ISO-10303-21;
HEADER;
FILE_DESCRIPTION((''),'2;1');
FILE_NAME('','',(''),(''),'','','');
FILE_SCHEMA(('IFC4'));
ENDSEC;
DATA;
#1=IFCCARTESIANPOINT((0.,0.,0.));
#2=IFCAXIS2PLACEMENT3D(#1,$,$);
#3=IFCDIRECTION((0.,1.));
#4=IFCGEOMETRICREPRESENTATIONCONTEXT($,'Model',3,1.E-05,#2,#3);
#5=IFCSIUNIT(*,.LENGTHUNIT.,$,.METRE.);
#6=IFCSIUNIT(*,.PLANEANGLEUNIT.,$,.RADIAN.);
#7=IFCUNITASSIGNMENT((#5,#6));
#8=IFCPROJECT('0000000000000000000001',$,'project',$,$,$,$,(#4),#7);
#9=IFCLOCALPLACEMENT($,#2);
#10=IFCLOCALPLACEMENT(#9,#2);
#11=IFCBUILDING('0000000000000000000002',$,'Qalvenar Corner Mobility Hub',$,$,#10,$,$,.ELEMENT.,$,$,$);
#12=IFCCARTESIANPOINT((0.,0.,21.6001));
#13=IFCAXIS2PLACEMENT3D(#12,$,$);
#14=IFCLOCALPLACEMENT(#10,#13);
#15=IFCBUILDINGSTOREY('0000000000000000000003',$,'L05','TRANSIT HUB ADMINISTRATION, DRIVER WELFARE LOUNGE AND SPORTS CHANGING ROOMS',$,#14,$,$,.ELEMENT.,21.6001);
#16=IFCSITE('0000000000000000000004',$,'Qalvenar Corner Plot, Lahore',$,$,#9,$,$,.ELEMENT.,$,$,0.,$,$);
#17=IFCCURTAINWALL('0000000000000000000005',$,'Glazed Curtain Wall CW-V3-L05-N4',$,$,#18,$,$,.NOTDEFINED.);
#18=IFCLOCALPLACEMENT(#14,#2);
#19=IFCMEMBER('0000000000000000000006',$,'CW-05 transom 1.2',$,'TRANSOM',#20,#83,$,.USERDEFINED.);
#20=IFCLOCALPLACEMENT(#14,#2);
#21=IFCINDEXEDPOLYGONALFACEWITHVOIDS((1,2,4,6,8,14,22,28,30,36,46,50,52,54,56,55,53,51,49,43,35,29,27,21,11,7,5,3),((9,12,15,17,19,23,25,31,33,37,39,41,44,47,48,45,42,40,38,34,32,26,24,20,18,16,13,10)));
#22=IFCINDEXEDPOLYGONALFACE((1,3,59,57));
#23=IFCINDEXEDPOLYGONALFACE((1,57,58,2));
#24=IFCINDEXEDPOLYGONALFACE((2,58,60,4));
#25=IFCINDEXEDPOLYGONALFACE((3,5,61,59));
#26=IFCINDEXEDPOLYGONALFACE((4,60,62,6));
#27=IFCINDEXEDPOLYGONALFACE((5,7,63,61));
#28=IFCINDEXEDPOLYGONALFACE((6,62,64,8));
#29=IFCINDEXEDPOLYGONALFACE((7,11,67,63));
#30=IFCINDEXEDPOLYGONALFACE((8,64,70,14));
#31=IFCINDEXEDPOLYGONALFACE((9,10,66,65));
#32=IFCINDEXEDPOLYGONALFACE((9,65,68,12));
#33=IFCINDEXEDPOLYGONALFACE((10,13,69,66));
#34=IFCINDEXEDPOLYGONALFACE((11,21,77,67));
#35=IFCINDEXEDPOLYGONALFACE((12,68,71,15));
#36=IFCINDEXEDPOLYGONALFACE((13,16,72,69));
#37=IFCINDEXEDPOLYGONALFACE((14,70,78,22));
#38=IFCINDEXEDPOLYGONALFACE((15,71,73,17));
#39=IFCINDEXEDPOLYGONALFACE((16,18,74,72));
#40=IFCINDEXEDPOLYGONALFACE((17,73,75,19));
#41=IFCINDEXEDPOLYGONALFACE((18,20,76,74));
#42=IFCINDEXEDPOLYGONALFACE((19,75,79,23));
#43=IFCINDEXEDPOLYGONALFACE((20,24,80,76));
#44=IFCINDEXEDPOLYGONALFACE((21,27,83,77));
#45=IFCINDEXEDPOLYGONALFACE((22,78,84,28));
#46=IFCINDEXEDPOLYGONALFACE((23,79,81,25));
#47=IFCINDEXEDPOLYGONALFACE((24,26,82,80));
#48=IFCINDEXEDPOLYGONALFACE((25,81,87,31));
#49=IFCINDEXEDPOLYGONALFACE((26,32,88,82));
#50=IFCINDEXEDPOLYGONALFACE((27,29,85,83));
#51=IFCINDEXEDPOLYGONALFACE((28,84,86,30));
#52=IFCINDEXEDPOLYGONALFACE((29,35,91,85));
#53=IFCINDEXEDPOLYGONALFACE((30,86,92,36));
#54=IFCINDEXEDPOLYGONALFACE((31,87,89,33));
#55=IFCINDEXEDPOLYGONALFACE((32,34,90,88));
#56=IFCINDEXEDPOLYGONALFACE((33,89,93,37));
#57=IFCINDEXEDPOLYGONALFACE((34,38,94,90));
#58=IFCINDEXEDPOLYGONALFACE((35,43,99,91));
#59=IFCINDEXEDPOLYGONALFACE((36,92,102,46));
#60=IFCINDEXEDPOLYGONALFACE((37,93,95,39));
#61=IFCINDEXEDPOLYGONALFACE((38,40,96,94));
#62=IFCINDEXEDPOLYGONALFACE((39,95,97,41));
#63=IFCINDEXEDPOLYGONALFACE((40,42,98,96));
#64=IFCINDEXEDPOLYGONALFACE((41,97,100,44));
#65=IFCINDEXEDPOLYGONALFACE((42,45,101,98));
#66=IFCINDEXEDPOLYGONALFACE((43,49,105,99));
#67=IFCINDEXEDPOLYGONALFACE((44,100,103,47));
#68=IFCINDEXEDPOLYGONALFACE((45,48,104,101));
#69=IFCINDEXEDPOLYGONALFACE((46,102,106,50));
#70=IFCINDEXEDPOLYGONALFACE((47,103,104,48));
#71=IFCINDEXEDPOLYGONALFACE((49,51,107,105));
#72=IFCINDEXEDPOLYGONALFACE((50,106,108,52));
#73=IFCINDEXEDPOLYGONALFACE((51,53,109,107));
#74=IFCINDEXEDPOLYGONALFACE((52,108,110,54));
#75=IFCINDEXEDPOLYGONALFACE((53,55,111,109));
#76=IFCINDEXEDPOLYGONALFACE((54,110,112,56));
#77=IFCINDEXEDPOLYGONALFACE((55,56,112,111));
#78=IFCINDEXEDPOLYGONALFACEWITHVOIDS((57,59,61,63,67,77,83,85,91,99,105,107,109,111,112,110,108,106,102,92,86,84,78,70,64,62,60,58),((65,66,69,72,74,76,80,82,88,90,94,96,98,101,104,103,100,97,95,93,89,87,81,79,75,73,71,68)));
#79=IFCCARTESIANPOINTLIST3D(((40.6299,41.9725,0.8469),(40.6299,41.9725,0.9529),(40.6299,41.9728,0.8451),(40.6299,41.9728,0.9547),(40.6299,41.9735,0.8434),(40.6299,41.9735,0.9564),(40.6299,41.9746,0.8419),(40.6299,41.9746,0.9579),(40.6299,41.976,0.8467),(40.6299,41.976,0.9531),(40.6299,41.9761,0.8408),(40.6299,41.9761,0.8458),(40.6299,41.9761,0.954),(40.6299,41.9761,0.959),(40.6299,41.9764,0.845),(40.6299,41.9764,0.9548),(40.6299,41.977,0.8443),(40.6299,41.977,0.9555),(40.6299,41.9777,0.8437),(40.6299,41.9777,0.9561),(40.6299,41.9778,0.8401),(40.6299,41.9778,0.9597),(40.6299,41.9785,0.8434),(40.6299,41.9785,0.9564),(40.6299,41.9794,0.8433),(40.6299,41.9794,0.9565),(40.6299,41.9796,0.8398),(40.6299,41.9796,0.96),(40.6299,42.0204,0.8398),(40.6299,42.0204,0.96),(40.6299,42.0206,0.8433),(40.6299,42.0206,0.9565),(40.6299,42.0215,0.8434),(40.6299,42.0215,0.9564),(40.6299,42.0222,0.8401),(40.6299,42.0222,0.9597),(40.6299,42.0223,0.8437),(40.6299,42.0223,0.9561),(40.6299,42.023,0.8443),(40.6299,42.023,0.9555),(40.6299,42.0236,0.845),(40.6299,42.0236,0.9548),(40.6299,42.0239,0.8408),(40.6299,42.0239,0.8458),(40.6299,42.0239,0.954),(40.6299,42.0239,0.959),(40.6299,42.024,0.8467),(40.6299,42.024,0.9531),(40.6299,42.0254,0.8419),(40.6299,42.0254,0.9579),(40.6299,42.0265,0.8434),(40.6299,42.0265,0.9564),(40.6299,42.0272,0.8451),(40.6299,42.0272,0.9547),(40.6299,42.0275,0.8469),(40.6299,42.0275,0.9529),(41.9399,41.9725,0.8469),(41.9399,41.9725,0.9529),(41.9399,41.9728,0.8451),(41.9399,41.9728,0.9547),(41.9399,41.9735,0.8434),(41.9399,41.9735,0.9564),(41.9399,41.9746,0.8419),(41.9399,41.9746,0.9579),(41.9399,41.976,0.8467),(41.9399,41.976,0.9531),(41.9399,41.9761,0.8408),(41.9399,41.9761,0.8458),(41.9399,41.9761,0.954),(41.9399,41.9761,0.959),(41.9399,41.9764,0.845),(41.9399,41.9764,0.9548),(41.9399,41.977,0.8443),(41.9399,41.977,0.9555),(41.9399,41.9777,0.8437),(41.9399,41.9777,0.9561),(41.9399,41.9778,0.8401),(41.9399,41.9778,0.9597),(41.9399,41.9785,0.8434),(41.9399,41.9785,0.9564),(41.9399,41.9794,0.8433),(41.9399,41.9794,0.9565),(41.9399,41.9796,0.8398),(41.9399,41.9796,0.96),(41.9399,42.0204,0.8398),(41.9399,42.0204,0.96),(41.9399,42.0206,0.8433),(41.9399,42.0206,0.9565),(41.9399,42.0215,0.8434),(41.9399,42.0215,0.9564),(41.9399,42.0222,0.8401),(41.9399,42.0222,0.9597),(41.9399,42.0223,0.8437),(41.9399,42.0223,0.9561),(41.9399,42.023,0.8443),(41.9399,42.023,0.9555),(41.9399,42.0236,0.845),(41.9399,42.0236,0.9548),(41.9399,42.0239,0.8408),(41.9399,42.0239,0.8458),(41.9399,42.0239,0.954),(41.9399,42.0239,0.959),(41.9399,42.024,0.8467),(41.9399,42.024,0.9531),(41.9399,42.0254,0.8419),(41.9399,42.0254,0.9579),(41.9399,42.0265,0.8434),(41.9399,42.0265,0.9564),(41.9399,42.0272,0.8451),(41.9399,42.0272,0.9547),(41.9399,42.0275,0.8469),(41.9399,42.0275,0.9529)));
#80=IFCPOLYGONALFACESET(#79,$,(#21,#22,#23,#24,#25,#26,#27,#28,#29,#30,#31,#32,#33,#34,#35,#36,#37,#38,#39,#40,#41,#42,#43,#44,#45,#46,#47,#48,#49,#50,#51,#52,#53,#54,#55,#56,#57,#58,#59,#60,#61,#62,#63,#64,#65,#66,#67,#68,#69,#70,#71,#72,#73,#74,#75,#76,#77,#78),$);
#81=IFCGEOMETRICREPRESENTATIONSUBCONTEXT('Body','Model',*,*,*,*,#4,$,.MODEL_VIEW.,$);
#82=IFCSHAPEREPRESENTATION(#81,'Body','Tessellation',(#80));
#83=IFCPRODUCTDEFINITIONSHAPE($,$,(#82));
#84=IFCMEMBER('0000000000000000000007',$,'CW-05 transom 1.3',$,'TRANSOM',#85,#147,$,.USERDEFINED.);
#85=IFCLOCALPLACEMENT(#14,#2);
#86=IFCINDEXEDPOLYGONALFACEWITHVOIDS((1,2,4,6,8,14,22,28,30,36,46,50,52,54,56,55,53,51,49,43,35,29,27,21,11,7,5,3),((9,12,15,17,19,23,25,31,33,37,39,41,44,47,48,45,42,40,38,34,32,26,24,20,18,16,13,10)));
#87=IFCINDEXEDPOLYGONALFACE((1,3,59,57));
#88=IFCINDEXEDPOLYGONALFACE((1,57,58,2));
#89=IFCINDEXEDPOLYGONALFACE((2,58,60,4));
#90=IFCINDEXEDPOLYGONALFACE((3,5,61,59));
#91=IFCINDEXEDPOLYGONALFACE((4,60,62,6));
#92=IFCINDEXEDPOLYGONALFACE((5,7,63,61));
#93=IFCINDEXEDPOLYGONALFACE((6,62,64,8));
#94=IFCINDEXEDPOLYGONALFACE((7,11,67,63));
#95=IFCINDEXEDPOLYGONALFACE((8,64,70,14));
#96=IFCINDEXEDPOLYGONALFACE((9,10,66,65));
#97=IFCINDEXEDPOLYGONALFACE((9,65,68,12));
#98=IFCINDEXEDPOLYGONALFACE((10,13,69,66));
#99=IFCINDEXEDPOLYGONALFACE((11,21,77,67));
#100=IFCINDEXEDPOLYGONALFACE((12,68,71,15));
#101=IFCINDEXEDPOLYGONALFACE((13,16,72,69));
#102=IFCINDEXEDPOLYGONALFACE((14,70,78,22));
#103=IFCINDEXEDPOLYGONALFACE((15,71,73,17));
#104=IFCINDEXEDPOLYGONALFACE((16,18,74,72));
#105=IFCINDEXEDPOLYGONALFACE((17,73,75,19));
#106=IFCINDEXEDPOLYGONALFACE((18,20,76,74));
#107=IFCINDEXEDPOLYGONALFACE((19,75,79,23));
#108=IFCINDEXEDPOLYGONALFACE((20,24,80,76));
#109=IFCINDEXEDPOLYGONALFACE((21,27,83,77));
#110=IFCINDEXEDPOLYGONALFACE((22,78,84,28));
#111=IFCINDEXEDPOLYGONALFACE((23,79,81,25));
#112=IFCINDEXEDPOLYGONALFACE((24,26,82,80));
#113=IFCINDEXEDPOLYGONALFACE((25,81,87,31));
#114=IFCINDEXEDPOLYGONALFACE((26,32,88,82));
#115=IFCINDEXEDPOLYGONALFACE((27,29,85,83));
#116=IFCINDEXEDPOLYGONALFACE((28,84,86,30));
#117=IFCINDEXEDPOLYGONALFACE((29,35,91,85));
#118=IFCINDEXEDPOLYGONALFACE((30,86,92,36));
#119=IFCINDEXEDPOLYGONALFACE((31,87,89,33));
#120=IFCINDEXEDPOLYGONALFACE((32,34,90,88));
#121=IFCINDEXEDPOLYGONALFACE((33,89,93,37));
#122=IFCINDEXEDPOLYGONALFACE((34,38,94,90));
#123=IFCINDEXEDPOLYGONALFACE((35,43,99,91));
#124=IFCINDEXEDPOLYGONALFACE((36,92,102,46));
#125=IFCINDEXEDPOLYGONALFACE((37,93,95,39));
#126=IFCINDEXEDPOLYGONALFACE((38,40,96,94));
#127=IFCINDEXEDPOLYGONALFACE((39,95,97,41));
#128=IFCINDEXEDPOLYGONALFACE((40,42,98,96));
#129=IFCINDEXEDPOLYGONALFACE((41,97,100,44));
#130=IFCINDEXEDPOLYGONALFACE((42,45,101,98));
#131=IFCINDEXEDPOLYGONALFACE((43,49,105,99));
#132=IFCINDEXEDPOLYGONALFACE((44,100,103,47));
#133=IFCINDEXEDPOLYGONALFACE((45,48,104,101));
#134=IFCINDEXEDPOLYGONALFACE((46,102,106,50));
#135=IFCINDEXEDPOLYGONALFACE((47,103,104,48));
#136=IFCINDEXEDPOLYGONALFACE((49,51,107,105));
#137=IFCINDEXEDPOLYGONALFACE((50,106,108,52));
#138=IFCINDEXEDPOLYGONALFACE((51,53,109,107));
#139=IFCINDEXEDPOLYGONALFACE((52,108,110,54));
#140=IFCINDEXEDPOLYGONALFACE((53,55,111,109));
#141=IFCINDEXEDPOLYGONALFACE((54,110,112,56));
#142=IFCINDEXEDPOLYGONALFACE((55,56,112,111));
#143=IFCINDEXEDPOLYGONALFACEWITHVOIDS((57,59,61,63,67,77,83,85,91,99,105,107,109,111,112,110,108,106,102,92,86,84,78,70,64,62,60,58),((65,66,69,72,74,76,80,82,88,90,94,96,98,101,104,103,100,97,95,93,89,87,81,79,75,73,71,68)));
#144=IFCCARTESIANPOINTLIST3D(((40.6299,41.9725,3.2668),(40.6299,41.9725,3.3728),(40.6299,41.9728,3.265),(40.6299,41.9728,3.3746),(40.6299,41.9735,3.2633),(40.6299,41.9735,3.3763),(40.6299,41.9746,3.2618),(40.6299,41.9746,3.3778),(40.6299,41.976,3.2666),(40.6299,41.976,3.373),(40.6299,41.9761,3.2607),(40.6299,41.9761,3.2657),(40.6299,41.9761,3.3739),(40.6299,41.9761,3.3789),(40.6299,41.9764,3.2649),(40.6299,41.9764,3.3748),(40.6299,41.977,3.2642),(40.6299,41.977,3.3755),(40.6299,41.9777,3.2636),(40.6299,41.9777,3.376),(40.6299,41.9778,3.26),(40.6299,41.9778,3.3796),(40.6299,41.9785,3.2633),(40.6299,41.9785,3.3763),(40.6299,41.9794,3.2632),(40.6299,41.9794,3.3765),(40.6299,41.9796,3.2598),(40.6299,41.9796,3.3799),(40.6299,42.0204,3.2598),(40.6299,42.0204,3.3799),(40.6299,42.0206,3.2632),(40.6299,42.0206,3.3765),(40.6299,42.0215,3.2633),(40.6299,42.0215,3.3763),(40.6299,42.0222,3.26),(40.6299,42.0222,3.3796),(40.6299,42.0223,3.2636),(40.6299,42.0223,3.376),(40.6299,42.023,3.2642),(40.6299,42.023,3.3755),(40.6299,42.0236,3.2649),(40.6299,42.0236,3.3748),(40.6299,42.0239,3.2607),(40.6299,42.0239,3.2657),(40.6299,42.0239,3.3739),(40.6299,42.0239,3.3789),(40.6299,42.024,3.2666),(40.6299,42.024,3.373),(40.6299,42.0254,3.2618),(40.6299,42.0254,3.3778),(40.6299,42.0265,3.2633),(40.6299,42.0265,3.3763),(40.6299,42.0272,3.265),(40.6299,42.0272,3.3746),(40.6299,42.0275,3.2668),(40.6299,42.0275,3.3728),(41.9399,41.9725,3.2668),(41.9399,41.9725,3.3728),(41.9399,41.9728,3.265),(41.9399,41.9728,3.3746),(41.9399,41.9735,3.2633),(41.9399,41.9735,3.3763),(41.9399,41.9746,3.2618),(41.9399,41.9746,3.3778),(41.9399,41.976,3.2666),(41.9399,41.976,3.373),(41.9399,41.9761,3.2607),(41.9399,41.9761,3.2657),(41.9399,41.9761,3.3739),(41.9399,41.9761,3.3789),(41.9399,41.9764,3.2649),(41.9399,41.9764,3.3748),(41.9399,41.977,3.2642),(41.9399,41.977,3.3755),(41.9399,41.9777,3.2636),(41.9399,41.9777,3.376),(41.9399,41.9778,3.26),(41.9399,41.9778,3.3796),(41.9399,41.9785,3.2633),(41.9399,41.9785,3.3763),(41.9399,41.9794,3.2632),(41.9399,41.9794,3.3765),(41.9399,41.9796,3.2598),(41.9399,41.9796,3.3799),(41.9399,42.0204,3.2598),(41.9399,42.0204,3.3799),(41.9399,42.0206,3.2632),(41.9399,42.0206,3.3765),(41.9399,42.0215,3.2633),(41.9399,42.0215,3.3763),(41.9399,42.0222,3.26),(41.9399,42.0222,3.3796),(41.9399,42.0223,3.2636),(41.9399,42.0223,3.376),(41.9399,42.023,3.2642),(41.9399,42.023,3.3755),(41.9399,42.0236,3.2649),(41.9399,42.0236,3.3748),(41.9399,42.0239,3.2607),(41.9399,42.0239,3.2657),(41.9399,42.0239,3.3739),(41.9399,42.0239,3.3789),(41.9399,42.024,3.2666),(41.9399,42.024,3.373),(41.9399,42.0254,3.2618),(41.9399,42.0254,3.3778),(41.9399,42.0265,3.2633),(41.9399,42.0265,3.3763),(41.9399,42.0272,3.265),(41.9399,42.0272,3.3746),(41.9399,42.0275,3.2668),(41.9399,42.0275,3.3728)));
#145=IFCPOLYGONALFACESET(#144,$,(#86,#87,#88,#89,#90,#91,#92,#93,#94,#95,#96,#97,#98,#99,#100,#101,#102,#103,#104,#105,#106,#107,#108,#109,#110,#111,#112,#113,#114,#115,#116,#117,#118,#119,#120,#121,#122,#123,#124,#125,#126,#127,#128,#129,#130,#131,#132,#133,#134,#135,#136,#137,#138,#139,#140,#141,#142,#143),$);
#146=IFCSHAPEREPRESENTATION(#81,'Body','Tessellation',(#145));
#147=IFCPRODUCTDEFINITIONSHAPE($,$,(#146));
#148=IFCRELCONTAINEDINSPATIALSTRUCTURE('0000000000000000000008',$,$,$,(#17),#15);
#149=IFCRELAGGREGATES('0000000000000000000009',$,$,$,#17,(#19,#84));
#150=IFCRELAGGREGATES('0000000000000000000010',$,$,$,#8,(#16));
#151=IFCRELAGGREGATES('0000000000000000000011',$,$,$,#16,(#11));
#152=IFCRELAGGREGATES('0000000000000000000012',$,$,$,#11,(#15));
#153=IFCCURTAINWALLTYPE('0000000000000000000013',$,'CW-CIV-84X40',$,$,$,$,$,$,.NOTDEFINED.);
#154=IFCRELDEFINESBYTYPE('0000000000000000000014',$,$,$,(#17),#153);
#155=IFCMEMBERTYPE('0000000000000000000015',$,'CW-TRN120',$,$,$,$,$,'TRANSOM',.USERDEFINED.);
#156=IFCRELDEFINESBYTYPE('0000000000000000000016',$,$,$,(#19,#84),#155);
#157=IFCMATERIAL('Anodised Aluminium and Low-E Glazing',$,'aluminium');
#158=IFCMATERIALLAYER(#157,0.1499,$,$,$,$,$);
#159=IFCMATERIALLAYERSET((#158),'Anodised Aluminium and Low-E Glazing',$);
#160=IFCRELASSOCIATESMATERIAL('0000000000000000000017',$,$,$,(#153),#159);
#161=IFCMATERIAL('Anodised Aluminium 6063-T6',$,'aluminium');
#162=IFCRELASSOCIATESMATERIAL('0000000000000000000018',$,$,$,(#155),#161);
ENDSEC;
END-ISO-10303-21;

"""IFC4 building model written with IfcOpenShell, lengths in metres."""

from ifc_helpers import new_model, si_unit, direction, frame, origin, origin_2d, place, context, subcontext, project, spatial, hollow_rectangle, extrude, material, layer, layer_set, material_profile, profile_set, type_object, element, aggregate, save


model = new_model("IFC4")

# Units and contexts
model_context = context("Model", 3, precision=1e-05, world=origin(), true_north=direction((0.0, 1.0)))
body_context = subcontext(model_context, "Body", "Model", "MODEL_VIEW")
ifc_project = project(units=[si_unit("LENGTHUNIT", "METRE"), si_unit("PLANEANGLEUNIT", "RADIAN")], contexts=[model_context])

# Site, building, storey
site_placement = place(None, origin())
site = spatial("IfcSite", under=ifc_project, at=site_placement, Name="Qalvenar Corner Plot, Lahore", CompositionType="ELEMENT", RefElevation=0.0)
building_placement = place(site_placement, origin())
building = spatial("IfcBuilding", under=site, at=building_placement, Name="Qalvenar Corner Mobility Hub", CompositionType="ELEMENT")
storey_placement = place(building_placement, frame((0.0, 0.0, 21.6001)))
storey = spatial("IfcBuildingStorey", under=building, at=storey_placement, Name="L05", Description="TRANSIT HUB ADMINISTRATION, DRIVER WELFARE LOUNGE AND SPORTS CHANGING ROOMS", CompositionType="ELEMENT", Elevation=21.6001)

# Curtain wall, members
ifc_material_1 = material(Name="Anodised Aluminium and Low-E Glazing", Category="aluminium")
ifc_layer_1 = layer(ifc_material_1, 0.1499)
ifc_layer_set_1 = layer_set([ifc_layer_1], Name="Anodised Aluminium and Low-E Glazing")
curtain_wall_type = type_object("IfcCurtainWallType", Name="CW-CIV-84X40", PredefinedType="NOTDEFINED", material=ifc_layer_set_1)
curtain_wall_placement = place(storey_placement, origin())
curtain_wall = element("IfcCurtainWall", 1, at=curtain_wall_placement, inside=storey, type_object=curtain_wall_type, Name="Glazed Curtain Wall CW-V3-L05-N4", PredefinedType="NOTDEFINED")
ifc_material_2 = material(Name="Anodised Aluminium 6063-T6", Category="aluminium")
ifc_material_profile_1 = material_profile(ifc_material_2, hollow_rectangle(XDim=0.0549, YDim=0.1201, WallThickness=0.0034, InnerFilletRadius=0.0034, OuterFilletRadius=0.0071, at=origin_2d()), Name="RHS120x55x3.5")
ifc_profile_set_1 = profile_set([ifc_material_profile_1], Name="Anodised Aluminium 6063-T6")
member_type_1 = type_object("IfcMemberType", Name="CW-TRN120", ElementType="TRANSOM", PredefinedType="USERDEFINED", material=ifc_profile_set_1)
member_1_placement = place(storey_placement, frame((41.9399, 42.0, 0.8999), z_axis=(-1.0, 0.0, 0.0), x_axis=(0.0, -1.0, 0.0)))
member_1 = element("IfcMember", 2, at=member_1_placement, type_object=member_type_1, Name="CW-05 transom 1.2", ObjectType="TRANSOM", PredefinedType="USERDEFINED", context=body_context, shape_type="SweptSolid", body=[
    extrude(hollow_rectangle(XDim=0.0549, YDim=0.1201, WallThickness=0.0034, InnerFilletRadius=0.0034, OuterFilletRadius=0.0071, at=origin_2d()), origin(), (0.0, 0.0, 1.0), 1.3101),
])
member_2_placement = place(storey_placement, frame((41.9399, 42.0, 3.3198), z_axis=(-1.0, 0.0, 0.0), x_axis=(0.0, -1.0, 0.0)))
member_2 = element("IfcMember", 3, at=member_2_placement, type_object=member_type_1, Name="CW-05 transom 1.3", ObjectType="TRANSOM", PredefinedType="USERDEFINED", context=body_context, shape_type="SweptSolid", body=[
    extrude(hollow_rectangle(XDim=0.0549, YDim=0.1201, WallThickness=0.0034, InnerFilletRadius=0.0034, OuterFilletRadius=0.0071, at=origin_2d()), origin(), (0.0, 0.0, 1.0), 1.3101),
])
aggregate(curtain_wall, [member_1, member_2])

save(model, "model.ifc")
